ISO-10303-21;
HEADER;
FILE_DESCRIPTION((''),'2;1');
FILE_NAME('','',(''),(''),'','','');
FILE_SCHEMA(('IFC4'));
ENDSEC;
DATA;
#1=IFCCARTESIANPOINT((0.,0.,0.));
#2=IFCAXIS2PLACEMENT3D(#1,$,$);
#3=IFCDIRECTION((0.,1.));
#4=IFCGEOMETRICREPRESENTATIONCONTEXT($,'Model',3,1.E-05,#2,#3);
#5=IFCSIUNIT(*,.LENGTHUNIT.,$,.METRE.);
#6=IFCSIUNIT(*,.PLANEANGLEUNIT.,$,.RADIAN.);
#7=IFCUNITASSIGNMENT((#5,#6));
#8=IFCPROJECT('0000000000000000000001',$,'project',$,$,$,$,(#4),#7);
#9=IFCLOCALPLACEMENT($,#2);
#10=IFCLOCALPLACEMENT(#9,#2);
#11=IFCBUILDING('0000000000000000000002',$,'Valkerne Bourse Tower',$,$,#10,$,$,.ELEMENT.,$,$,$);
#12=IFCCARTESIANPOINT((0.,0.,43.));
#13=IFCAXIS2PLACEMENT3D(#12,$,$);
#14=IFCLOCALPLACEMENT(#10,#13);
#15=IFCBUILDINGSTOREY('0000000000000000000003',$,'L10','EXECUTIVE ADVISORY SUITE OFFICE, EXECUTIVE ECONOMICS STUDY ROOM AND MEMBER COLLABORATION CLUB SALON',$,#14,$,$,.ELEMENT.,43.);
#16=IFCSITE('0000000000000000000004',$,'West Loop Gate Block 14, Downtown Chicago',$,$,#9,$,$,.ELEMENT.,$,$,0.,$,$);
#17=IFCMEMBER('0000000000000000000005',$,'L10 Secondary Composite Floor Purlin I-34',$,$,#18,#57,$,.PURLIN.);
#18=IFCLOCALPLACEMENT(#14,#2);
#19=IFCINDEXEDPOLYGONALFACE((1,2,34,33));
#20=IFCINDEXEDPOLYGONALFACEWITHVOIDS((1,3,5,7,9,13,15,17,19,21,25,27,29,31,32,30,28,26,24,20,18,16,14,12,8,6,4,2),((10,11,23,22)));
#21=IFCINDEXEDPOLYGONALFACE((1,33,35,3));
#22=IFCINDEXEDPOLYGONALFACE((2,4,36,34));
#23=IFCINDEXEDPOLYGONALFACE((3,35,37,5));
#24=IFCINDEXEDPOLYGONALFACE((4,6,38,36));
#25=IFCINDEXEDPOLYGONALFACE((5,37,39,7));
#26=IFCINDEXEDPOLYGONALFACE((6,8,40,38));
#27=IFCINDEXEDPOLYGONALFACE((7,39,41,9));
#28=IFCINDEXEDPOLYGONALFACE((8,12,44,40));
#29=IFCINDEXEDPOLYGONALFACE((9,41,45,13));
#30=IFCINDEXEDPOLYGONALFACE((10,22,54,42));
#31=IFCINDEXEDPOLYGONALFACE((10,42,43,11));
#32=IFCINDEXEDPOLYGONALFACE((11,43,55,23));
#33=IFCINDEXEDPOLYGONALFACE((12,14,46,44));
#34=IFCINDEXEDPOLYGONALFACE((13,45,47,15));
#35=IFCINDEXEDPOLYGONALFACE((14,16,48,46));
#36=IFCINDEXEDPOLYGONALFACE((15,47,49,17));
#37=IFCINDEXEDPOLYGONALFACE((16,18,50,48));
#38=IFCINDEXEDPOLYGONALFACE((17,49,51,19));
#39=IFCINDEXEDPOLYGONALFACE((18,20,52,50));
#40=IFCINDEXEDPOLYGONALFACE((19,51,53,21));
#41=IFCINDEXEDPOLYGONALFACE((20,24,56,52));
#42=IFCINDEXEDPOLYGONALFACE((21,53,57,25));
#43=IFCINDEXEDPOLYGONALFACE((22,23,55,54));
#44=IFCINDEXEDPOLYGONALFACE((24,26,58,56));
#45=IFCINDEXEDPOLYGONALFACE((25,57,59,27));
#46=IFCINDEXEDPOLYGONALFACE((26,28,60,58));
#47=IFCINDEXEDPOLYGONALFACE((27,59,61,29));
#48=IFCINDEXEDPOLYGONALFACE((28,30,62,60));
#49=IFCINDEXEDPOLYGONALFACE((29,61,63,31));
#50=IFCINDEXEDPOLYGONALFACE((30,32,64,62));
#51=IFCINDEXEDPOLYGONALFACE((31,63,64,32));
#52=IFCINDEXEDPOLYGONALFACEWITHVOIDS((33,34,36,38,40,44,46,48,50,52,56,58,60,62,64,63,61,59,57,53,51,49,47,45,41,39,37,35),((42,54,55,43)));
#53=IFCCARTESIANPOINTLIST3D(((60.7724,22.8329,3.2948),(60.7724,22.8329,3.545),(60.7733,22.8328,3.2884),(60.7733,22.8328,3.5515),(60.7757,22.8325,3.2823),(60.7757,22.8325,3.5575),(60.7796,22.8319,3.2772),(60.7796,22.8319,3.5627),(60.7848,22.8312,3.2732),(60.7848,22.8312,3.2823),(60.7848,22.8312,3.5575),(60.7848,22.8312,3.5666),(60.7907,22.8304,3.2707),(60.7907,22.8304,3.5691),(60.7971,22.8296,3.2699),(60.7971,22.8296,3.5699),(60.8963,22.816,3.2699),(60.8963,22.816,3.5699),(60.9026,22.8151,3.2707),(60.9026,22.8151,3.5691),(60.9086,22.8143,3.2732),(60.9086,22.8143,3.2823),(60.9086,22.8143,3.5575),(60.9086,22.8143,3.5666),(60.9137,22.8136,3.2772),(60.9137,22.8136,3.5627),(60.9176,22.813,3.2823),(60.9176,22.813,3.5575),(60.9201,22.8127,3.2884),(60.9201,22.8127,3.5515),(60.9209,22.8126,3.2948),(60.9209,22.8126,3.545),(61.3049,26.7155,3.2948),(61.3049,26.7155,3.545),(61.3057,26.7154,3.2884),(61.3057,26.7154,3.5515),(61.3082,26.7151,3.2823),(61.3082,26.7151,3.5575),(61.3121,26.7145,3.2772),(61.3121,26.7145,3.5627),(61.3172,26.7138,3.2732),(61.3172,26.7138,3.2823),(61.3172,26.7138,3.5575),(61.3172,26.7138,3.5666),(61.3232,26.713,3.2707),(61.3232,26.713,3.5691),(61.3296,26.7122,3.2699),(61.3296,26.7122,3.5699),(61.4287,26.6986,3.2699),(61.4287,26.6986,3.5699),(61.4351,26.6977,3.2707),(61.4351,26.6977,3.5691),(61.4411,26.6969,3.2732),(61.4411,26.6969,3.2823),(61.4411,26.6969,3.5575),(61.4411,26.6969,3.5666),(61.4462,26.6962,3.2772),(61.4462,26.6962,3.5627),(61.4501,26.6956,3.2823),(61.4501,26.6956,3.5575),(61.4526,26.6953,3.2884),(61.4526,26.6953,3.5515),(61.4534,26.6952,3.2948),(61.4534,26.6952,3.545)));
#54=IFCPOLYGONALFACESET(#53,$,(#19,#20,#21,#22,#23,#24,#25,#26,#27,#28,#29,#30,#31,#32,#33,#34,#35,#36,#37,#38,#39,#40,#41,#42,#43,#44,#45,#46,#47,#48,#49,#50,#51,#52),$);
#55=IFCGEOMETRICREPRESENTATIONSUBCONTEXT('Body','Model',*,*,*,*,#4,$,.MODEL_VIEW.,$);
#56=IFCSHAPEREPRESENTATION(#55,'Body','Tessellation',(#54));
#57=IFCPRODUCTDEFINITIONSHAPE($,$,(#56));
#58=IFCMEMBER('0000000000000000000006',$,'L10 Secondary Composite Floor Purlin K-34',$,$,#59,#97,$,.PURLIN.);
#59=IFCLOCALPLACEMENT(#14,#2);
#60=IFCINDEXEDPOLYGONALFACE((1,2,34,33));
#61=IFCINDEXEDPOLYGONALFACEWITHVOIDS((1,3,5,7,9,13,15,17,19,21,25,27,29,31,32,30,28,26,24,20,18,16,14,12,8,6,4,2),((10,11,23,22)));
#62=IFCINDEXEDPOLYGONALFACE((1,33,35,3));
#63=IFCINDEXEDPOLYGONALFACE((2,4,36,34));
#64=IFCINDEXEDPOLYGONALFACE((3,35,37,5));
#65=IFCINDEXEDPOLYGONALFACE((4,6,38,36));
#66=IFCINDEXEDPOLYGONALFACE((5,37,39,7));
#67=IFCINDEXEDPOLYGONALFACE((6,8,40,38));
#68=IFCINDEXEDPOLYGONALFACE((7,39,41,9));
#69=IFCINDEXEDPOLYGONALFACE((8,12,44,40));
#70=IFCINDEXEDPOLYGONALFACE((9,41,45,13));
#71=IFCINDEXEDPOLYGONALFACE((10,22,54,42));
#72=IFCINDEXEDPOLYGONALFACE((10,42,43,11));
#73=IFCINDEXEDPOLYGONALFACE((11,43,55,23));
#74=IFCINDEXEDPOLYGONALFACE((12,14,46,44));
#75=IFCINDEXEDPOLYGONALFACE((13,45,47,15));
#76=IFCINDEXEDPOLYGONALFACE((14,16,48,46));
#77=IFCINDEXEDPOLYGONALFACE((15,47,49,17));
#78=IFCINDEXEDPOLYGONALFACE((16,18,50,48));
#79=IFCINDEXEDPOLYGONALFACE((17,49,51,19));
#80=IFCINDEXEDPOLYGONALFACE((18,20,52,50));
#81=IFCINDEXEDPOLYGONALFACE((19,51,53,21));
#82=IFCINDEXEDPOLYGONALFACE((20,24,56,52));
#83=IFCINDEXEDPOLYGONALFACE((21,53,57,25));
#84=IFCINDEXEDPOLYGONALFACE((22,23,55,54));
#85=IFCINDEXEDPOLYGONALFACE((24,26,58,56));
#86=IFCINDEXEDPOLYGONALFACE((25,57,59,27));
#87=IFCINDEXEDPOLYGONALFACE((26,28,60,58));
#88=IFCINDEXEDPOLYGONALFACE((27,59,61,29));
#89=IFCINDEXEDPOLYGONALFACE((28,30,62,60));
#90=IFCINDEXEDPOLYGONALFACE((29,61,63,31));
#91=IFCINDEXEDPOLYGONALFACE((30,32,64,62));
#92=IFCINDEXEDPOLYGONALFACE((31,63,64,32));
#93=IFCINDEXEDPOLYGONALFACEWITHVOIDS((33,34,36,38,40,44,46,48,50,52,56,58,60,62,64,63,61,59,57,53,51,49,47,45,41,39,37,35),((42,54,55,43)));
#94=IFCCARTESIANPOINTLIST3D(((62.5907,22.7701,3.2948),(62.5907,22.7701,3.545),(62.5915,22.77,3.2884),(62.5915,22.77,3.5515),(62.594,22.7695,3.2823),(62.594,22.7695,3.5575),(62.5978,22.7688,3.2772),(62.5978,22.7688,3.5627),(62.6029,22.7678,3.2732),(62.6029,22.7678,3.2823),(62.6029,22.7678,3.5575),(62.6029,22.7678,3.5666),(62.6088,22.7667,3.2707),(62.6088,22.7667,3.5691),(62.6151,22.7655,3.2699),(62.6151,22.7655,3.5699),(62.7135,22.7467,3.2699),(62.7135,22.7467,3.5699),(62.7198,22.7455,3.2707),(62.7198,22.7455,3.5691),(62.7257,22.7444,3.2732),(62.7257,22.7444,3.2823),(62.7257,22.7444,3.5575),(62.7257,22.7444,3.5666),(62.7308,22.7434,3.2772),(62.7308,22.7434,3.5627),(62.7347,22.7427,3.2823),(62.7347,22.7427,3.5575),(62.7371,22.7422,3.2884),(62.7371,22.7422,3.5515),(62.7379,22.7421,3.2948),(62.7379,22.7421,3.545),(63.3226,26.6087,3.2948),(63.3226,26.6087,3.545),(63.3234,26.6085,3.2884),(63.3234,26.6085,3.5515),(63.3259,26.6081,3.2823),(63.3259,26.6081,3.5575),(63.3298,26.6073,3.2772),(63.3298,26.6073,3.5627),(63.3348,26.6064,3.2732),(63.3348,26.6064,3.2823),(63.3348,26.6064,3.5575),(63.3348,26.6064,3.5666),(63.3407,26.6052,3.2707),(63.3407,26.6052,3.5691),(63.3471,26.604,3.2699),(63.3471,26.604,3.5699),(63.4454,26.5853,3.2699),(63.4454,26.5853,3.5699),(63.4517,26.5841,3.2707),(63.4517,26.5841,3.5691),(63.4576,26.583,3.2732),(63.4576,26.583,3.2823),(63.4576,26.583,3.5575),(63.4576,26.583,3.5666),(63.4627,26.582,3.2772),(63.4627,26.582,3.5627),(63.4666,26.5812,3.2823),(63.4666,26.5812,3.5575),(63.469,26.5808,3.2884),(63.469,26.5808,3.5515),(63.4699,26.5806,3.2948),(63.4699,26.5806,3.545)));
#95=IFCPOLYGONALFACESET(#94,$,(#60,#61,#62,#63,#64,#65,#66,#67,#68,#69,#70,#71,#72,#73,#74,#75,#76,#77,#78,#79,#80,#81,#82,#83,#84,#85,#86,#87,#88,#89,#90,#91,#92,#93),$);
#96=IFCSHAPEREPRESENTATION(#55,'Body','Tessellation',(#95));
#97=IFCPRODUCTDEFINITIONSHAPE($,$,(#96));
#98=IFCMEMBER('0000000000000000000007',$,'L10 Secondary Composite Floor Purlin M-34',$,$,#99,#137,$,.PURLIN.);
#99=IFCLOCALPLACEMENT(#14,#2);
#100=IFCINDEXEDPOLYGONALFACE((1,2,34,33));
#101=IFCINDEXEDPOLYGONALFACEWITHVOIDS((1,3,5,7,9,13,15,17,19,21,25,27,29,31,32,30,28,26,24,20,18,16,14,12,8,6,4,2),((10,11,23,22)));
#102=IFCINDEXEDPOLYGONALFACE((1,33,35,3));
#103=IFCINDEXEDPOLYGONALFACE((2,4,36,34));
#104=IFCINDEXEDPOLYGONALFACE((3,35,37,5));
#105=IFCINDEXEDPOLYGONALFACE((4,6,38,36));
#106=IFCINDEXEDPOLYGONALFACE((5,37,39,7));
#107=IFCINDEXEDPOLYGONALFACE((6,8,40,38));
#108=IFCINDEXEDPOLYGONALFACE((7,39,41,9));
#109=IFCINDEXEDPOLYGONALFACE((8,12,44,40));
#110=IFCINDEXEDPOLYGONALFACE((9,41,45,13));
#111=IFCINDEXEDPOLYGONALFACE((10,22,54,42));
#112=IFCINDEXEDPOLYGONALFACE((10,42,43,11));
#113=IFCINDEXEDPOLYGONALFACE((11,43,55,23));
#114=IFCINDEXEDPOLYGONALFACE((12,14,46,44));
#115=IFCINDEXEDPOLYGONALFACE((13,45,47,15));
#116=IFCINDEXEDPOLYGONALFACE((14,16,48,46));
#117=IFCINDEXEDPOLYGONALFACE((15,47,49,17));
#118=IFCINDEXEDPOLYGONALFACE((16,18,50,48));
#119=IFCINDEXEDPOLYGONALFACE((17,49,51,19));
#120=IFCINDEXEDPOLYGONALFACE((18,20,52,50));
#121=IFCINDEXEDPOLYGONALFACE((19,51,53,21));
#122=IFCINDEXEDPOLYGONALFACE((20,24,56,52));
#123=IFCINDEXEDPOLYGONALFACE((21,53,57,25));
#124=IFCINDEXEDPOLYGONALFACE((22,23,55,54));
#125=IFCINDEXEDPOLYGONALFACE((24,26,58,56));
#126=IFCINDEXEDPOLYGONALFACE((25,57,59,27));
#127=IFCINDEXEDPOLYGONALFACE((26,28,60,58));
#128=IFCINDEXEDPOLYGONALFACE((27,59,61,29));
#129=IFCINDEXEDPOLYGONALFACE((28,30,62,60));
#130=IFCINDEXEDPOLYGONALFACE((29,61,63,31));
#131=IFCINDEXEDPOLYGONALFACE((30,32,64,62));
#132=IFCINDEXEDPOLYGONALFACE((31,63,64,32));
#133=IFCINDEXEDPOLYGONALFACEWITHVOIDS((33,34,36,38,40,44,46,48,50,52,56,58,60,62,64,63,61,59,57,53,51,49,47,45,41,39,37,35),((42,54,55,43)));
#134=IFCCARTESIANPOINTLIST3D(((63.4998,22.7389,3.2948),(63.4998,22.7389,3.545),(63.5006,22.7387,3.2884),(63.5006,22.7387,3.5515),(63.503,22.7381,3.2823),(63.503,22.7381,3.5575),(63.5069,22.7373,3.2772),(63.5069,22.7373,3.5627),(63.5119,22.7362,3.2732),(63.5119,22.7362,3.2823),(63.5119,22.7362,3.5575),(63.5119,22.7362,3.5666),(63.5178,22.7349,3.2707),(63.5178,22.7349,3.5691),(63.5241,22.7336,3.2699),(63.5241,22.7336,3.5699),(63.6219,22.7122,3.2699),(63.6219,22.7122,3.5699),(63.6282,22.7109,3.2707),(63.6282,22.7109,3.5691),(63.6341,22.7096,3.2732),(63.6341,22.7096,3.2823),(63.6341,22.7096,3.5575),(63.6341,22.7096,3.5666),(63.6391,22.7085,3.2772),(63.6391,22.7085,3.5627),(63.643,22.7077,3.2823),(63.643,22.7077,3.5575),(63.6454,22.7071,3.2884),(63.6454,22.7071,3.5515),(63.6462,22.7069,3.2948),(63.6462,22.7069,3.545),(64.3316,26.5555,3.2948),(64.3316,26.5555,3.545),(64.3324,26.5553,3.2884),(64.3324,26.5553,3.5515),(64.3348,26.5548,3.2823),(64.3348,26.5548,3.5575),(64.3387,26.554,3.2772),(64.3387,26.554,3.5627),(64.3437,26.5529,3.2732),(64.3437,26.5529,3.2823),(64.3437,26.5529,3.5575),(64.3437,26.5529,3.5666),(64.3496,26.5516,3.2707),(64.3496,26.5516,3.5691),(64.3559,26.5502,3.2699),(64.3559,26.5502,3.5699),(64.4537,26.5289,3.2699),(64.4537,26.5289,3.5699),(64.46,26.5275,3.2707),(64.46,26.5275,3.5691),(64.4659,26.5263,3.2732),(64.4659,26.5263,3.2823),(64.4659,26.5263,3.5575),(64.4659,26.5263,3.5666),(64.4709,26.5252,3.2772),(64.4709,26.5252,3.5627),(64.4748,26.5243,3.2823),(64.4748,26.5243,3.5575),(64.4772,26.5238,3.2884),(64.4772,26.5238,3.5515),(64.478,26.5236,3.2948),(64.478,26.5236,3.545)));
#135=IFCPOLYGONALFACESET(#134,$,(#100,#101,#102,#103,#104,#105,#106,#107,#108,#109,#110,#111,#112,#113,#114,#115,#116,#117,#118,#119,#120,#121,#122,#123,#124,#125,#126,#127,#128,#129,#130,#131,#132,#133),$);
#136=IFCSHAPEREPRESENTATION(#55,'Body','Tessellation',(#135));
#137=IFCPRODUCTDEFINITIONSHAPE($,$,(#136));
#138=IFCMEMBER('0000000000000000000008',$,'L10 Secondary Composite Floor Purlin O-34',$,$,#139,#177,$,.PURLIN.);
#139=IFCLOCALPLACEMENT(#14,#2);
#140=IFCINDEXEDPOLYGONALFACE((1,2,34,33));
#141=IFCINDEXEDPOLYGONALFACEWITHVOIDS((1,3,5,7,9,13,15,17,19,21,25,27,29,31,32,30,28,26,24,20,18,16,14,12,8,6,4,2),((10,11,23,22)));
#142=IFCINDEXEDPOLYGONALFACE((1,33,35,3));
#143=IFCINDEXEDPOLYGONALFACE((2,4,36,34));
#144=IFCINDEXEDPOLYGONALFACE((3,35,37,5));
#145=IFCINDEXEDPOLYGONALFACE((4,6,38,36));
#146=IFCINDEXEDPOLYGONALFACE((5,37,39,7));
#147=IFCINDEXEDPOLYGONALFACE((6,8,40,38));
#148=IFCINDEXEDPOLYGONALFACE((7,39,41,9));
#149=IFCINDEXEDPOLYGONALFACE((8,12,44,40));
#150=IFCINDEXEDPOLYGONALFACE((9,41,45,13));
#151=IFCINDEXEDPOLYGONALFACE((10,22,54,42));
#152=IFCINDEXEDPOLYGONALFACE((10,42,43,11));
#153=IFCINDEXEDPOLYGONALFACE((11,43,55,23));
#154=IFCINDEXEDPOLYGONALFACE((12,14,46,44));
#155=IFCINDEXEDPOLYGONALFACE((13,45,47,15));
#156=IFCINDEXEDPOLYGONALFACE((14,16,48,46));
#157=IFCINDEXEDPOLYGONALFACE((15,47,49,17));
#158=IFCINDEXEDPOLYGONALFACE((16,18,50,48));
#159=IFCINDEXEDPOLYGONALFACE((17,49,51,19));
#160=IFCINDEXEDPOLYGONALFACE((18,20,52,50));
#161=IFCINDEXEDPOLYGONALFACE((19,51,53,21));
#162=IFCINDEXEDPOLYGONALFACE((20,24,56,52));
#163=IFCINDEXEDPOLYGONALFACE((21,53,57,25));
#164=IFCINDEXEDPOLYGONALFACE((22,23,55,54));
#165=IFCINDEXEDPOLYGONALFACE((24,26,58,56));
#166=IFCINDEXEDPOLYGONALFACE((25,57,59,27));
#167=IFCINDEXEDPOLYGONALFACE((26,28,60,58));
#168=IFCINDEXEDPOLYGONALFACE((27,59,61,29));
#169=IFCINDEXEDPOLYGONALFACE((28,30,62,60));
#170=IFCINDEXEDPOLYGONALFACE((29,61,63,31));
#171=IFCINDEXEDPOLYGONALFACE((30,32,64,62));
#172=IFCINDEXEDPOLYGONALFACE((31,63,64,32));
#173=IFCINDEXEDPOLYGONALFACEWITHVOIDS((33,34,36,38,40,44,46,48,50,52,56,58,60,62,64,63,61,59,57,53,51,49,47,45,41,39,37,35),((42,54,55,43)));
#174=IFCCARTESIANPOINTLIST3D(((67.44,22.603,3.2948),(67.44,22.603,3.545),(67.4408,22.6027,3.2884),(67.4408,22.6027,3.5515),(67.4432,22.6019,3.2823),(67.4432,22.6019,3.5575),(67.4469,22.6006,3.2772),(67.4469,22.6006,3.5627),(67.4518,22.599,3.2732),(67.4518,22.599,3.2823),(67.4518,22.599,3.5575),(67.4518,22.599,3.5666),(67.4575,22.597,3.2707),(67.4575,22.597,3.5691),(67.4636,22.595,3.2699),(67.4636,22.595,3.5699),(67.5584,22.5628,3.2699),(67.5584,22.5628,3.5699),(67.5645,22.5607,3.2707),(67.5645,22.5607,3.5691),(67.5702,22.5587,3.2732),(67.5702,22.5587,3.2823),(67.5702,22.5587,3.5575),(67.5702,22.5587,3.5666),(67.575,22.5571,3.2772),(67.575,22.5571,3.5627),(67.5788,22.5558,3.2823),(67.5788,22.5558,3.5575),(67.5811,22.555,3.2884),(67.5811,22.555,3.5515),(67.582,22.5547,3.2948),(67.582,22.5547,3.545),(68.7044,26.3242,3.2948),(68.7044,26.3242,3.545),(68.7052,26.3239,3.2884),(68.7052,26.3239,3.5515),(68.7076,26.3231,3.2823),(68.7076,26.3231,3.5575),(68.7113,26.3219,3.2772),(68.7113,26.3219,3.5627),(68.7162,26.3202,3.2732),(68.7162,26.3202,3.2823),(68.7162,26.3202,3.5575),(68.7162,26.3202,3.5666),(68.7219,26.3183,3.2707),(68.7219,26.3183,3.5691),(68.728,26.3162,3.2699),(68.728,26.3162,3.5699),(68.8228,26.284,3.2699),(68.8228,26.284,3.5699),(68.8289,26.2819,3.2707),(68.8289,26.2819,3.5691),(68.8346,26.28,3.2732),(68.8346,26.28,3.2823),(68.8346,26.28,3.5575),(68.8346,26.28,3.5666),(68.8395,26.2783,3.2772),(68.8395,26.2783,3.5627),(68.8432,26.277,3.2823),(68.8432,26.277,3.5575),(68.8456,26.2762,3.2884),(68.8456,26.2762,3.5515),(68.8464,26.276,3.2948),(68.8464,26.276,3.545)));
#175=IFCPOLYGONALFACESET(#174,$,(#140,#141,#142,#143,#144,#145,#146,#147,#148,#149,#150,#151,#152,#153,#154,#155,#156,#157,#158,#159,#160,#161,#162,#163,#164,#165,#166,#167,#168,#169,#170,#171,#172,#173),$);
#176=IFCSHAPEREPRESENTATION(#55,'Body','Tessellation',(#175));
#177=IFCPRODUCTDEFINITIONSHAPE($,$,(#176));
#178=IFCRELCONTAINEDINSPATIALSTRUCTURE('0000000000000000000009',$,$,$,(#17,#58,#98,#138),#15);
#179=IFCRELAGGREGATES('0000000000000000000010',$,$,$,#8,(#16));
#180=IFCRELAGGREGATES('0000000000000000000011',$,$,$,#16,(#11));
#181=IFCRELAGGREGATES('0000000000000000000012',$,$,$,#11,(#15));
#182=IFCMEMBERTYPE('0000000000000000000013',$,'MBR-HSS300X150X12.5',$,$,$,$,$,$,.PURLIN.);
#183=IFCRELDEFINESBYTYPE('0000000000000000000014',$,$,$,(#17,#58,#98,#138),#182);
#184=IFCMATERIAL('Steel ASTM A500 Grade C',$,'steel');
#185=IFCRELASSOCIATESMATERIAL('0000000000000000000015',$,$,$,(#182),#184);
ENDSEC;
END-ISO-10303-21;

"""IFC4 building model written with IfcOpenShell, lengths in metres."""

from ifc_helpers import new_model, si_unit, direction, frame, origin, origin_2d, place, context, subcontext, project, spatial, hollow_rectangle, extrude, material, material_profile, profile_set, type_object, element, save


model = new_model("IFC4")

# Units and contexts
model_context = context("Model", 3, precision=1e-05, world=origin(), true_north=direction((0.0, 1.0)))
body_context = subcontext(model_context, "Body", "Model", "MODEL_VIEW")
ifc_project = project(units=[si_unit("LENGTHUNIT", "METRE"), si_unit("PLANEANGLEUNIT", "RADIAN")], contexts=[model_context])

# Site, building, storey
site_placement = place(None, origin())
site = spatial("IfcSite", under=ifc_project, at=site_placement, Name="West Loop Gate Block 14, Downtown Chicago", CompositionType="ELEMENT", RefElevation=0.0)
building_placement = place(site_placement, origin())
building = spatial("IfcBuilding", under=site, at=building_placement, Name="Valkerne Bourse Tower", CompositionType="ELEMENT")
storey_placement = place(building_placement, frame((0.0, 0.0, 43.0)))
storey = spatial("IfcBuildingStorey", under=building, at=storey_placement, Name="L10", Description="EXECUTIVE ADVISORY SUITE OFFICE, EXECUTIVE ECONOMICS STUDY ROOM AND MEMBER COLLABORATION CLUB SALON", CompositionType="ELEMENT", Elevation=43.0)

# Members
ifc_material_1 = material(Name="Steel ASTM A500 Grade C", Category="steel")
ifc_material_profile_1 = material_profile(ifc_material_1, hollow_rectangle(XDim=0.1499, YDim=0.3, WallThickness=0.0125, OuterFilletRadius=0.0249, at=origin_2d()), Name="HSS300X150X12.5")
ifc_profile_set_1 = profile_set([ifc_material_profile_1], Name="Steel ASTM A500 Grade C")
member_type_1 = type_object("IfcMemberType", Name="MBR-HSS300X150X12.5", PredefinedType="PURLIN", material=ifc_profile_set_1)
member_1_placement = place(storey_placement, frame((60.8467, 22.8228, 3.4199), z_axis=(0.135872, 0.990726, 0.0), x_axis=(-0.990726, 0.135872, 0.0)))
element("IfcMember", 1, at=member_1_placement, inside=storey, type_object=member_type_1, Name="L10 Secondary Composite Floor Purlin I-34", PredefinedType="PURLIN", context=body_context, shape_type="SweptSolid", body=[
    extrude(hollow_rectangle(XDim=0.1499, YDim=0.3, WallThickness=0.0125, OuterFilletRadius=0.0249, at=origin_2d()), origin(), (0.0, 0.0, 1.0), 3.9189),
])
member_2_placement = place(storey_placement, frame((62.6643, 22.7561, 3.4199), z_axis=(0.187302, 0.982302, 0.0), x_axis=(-0.982302, 0.187302, 0.0)))
element("IfcMember", 2, at=member_2_placement, inside=storey, type_object=member_type_1, Name="L10 Secondary Composite Floor Purlin K-34", PredefinedType="PURLIN", context=body_context, shape_type="SweptSolid", body=[
    extrude(hollow_rectangle(XDim=0.1499, YDim=0.3, WallThickness=0.0125, OuterFilletRadius=0.0249, at=origin_2d()), origin(), (0.0, 0.0, 1.0), 3.9077),
])
member_3_placement = place(storey_placement, frame((63.573, 22.7229, 3.4199), z_axis=(0.212938, 0.977066, 0.0), x_axis=(-0.977066, 0.212938, 0.0)))
element("IfcMember", 3, at=member_3_placement, inside=storey, type_object=member_type_1, Name="L10 Secondary Composite Floor Purlin M-34", PredefinedType="PURLIN", context=body_context, shape_type="SweptSolid", body=[
    extrude(hollow_rectangle(XDim=0.1499, YDim=0.3, WallThickness=0.0125, OuterFilletRadius=0.0249, at=origin_2d()), origin(), (0.0, 0.0, 1.0), 3.9062),
])
member_4_placement = place(storey_placement, frame((67.511, 22.5789, 3.4199), z_axis=(0.32172, 0.946835, 0.0), x_axis=(-0.946835, 0.32172, 0.0)))
element("IfcMember", 4, at=member_4_placement, inside=storey, type_object=member_type_1, Name="L10 Secondary Composite Floor Purlin O-34", PredefinedType="PURLIN", context=body_context, shape_type="SweptSolid", body=[
    extrude(hollow_rectangle(XDim=0.1499, YDim=0.3, WallThickness=0.0125, OuterFilletRadius=0.0249, at=origin_2d()), origin(), (0.0, 0.0, 1.0), 3.9302),
])

save(model, "model.ifc")
